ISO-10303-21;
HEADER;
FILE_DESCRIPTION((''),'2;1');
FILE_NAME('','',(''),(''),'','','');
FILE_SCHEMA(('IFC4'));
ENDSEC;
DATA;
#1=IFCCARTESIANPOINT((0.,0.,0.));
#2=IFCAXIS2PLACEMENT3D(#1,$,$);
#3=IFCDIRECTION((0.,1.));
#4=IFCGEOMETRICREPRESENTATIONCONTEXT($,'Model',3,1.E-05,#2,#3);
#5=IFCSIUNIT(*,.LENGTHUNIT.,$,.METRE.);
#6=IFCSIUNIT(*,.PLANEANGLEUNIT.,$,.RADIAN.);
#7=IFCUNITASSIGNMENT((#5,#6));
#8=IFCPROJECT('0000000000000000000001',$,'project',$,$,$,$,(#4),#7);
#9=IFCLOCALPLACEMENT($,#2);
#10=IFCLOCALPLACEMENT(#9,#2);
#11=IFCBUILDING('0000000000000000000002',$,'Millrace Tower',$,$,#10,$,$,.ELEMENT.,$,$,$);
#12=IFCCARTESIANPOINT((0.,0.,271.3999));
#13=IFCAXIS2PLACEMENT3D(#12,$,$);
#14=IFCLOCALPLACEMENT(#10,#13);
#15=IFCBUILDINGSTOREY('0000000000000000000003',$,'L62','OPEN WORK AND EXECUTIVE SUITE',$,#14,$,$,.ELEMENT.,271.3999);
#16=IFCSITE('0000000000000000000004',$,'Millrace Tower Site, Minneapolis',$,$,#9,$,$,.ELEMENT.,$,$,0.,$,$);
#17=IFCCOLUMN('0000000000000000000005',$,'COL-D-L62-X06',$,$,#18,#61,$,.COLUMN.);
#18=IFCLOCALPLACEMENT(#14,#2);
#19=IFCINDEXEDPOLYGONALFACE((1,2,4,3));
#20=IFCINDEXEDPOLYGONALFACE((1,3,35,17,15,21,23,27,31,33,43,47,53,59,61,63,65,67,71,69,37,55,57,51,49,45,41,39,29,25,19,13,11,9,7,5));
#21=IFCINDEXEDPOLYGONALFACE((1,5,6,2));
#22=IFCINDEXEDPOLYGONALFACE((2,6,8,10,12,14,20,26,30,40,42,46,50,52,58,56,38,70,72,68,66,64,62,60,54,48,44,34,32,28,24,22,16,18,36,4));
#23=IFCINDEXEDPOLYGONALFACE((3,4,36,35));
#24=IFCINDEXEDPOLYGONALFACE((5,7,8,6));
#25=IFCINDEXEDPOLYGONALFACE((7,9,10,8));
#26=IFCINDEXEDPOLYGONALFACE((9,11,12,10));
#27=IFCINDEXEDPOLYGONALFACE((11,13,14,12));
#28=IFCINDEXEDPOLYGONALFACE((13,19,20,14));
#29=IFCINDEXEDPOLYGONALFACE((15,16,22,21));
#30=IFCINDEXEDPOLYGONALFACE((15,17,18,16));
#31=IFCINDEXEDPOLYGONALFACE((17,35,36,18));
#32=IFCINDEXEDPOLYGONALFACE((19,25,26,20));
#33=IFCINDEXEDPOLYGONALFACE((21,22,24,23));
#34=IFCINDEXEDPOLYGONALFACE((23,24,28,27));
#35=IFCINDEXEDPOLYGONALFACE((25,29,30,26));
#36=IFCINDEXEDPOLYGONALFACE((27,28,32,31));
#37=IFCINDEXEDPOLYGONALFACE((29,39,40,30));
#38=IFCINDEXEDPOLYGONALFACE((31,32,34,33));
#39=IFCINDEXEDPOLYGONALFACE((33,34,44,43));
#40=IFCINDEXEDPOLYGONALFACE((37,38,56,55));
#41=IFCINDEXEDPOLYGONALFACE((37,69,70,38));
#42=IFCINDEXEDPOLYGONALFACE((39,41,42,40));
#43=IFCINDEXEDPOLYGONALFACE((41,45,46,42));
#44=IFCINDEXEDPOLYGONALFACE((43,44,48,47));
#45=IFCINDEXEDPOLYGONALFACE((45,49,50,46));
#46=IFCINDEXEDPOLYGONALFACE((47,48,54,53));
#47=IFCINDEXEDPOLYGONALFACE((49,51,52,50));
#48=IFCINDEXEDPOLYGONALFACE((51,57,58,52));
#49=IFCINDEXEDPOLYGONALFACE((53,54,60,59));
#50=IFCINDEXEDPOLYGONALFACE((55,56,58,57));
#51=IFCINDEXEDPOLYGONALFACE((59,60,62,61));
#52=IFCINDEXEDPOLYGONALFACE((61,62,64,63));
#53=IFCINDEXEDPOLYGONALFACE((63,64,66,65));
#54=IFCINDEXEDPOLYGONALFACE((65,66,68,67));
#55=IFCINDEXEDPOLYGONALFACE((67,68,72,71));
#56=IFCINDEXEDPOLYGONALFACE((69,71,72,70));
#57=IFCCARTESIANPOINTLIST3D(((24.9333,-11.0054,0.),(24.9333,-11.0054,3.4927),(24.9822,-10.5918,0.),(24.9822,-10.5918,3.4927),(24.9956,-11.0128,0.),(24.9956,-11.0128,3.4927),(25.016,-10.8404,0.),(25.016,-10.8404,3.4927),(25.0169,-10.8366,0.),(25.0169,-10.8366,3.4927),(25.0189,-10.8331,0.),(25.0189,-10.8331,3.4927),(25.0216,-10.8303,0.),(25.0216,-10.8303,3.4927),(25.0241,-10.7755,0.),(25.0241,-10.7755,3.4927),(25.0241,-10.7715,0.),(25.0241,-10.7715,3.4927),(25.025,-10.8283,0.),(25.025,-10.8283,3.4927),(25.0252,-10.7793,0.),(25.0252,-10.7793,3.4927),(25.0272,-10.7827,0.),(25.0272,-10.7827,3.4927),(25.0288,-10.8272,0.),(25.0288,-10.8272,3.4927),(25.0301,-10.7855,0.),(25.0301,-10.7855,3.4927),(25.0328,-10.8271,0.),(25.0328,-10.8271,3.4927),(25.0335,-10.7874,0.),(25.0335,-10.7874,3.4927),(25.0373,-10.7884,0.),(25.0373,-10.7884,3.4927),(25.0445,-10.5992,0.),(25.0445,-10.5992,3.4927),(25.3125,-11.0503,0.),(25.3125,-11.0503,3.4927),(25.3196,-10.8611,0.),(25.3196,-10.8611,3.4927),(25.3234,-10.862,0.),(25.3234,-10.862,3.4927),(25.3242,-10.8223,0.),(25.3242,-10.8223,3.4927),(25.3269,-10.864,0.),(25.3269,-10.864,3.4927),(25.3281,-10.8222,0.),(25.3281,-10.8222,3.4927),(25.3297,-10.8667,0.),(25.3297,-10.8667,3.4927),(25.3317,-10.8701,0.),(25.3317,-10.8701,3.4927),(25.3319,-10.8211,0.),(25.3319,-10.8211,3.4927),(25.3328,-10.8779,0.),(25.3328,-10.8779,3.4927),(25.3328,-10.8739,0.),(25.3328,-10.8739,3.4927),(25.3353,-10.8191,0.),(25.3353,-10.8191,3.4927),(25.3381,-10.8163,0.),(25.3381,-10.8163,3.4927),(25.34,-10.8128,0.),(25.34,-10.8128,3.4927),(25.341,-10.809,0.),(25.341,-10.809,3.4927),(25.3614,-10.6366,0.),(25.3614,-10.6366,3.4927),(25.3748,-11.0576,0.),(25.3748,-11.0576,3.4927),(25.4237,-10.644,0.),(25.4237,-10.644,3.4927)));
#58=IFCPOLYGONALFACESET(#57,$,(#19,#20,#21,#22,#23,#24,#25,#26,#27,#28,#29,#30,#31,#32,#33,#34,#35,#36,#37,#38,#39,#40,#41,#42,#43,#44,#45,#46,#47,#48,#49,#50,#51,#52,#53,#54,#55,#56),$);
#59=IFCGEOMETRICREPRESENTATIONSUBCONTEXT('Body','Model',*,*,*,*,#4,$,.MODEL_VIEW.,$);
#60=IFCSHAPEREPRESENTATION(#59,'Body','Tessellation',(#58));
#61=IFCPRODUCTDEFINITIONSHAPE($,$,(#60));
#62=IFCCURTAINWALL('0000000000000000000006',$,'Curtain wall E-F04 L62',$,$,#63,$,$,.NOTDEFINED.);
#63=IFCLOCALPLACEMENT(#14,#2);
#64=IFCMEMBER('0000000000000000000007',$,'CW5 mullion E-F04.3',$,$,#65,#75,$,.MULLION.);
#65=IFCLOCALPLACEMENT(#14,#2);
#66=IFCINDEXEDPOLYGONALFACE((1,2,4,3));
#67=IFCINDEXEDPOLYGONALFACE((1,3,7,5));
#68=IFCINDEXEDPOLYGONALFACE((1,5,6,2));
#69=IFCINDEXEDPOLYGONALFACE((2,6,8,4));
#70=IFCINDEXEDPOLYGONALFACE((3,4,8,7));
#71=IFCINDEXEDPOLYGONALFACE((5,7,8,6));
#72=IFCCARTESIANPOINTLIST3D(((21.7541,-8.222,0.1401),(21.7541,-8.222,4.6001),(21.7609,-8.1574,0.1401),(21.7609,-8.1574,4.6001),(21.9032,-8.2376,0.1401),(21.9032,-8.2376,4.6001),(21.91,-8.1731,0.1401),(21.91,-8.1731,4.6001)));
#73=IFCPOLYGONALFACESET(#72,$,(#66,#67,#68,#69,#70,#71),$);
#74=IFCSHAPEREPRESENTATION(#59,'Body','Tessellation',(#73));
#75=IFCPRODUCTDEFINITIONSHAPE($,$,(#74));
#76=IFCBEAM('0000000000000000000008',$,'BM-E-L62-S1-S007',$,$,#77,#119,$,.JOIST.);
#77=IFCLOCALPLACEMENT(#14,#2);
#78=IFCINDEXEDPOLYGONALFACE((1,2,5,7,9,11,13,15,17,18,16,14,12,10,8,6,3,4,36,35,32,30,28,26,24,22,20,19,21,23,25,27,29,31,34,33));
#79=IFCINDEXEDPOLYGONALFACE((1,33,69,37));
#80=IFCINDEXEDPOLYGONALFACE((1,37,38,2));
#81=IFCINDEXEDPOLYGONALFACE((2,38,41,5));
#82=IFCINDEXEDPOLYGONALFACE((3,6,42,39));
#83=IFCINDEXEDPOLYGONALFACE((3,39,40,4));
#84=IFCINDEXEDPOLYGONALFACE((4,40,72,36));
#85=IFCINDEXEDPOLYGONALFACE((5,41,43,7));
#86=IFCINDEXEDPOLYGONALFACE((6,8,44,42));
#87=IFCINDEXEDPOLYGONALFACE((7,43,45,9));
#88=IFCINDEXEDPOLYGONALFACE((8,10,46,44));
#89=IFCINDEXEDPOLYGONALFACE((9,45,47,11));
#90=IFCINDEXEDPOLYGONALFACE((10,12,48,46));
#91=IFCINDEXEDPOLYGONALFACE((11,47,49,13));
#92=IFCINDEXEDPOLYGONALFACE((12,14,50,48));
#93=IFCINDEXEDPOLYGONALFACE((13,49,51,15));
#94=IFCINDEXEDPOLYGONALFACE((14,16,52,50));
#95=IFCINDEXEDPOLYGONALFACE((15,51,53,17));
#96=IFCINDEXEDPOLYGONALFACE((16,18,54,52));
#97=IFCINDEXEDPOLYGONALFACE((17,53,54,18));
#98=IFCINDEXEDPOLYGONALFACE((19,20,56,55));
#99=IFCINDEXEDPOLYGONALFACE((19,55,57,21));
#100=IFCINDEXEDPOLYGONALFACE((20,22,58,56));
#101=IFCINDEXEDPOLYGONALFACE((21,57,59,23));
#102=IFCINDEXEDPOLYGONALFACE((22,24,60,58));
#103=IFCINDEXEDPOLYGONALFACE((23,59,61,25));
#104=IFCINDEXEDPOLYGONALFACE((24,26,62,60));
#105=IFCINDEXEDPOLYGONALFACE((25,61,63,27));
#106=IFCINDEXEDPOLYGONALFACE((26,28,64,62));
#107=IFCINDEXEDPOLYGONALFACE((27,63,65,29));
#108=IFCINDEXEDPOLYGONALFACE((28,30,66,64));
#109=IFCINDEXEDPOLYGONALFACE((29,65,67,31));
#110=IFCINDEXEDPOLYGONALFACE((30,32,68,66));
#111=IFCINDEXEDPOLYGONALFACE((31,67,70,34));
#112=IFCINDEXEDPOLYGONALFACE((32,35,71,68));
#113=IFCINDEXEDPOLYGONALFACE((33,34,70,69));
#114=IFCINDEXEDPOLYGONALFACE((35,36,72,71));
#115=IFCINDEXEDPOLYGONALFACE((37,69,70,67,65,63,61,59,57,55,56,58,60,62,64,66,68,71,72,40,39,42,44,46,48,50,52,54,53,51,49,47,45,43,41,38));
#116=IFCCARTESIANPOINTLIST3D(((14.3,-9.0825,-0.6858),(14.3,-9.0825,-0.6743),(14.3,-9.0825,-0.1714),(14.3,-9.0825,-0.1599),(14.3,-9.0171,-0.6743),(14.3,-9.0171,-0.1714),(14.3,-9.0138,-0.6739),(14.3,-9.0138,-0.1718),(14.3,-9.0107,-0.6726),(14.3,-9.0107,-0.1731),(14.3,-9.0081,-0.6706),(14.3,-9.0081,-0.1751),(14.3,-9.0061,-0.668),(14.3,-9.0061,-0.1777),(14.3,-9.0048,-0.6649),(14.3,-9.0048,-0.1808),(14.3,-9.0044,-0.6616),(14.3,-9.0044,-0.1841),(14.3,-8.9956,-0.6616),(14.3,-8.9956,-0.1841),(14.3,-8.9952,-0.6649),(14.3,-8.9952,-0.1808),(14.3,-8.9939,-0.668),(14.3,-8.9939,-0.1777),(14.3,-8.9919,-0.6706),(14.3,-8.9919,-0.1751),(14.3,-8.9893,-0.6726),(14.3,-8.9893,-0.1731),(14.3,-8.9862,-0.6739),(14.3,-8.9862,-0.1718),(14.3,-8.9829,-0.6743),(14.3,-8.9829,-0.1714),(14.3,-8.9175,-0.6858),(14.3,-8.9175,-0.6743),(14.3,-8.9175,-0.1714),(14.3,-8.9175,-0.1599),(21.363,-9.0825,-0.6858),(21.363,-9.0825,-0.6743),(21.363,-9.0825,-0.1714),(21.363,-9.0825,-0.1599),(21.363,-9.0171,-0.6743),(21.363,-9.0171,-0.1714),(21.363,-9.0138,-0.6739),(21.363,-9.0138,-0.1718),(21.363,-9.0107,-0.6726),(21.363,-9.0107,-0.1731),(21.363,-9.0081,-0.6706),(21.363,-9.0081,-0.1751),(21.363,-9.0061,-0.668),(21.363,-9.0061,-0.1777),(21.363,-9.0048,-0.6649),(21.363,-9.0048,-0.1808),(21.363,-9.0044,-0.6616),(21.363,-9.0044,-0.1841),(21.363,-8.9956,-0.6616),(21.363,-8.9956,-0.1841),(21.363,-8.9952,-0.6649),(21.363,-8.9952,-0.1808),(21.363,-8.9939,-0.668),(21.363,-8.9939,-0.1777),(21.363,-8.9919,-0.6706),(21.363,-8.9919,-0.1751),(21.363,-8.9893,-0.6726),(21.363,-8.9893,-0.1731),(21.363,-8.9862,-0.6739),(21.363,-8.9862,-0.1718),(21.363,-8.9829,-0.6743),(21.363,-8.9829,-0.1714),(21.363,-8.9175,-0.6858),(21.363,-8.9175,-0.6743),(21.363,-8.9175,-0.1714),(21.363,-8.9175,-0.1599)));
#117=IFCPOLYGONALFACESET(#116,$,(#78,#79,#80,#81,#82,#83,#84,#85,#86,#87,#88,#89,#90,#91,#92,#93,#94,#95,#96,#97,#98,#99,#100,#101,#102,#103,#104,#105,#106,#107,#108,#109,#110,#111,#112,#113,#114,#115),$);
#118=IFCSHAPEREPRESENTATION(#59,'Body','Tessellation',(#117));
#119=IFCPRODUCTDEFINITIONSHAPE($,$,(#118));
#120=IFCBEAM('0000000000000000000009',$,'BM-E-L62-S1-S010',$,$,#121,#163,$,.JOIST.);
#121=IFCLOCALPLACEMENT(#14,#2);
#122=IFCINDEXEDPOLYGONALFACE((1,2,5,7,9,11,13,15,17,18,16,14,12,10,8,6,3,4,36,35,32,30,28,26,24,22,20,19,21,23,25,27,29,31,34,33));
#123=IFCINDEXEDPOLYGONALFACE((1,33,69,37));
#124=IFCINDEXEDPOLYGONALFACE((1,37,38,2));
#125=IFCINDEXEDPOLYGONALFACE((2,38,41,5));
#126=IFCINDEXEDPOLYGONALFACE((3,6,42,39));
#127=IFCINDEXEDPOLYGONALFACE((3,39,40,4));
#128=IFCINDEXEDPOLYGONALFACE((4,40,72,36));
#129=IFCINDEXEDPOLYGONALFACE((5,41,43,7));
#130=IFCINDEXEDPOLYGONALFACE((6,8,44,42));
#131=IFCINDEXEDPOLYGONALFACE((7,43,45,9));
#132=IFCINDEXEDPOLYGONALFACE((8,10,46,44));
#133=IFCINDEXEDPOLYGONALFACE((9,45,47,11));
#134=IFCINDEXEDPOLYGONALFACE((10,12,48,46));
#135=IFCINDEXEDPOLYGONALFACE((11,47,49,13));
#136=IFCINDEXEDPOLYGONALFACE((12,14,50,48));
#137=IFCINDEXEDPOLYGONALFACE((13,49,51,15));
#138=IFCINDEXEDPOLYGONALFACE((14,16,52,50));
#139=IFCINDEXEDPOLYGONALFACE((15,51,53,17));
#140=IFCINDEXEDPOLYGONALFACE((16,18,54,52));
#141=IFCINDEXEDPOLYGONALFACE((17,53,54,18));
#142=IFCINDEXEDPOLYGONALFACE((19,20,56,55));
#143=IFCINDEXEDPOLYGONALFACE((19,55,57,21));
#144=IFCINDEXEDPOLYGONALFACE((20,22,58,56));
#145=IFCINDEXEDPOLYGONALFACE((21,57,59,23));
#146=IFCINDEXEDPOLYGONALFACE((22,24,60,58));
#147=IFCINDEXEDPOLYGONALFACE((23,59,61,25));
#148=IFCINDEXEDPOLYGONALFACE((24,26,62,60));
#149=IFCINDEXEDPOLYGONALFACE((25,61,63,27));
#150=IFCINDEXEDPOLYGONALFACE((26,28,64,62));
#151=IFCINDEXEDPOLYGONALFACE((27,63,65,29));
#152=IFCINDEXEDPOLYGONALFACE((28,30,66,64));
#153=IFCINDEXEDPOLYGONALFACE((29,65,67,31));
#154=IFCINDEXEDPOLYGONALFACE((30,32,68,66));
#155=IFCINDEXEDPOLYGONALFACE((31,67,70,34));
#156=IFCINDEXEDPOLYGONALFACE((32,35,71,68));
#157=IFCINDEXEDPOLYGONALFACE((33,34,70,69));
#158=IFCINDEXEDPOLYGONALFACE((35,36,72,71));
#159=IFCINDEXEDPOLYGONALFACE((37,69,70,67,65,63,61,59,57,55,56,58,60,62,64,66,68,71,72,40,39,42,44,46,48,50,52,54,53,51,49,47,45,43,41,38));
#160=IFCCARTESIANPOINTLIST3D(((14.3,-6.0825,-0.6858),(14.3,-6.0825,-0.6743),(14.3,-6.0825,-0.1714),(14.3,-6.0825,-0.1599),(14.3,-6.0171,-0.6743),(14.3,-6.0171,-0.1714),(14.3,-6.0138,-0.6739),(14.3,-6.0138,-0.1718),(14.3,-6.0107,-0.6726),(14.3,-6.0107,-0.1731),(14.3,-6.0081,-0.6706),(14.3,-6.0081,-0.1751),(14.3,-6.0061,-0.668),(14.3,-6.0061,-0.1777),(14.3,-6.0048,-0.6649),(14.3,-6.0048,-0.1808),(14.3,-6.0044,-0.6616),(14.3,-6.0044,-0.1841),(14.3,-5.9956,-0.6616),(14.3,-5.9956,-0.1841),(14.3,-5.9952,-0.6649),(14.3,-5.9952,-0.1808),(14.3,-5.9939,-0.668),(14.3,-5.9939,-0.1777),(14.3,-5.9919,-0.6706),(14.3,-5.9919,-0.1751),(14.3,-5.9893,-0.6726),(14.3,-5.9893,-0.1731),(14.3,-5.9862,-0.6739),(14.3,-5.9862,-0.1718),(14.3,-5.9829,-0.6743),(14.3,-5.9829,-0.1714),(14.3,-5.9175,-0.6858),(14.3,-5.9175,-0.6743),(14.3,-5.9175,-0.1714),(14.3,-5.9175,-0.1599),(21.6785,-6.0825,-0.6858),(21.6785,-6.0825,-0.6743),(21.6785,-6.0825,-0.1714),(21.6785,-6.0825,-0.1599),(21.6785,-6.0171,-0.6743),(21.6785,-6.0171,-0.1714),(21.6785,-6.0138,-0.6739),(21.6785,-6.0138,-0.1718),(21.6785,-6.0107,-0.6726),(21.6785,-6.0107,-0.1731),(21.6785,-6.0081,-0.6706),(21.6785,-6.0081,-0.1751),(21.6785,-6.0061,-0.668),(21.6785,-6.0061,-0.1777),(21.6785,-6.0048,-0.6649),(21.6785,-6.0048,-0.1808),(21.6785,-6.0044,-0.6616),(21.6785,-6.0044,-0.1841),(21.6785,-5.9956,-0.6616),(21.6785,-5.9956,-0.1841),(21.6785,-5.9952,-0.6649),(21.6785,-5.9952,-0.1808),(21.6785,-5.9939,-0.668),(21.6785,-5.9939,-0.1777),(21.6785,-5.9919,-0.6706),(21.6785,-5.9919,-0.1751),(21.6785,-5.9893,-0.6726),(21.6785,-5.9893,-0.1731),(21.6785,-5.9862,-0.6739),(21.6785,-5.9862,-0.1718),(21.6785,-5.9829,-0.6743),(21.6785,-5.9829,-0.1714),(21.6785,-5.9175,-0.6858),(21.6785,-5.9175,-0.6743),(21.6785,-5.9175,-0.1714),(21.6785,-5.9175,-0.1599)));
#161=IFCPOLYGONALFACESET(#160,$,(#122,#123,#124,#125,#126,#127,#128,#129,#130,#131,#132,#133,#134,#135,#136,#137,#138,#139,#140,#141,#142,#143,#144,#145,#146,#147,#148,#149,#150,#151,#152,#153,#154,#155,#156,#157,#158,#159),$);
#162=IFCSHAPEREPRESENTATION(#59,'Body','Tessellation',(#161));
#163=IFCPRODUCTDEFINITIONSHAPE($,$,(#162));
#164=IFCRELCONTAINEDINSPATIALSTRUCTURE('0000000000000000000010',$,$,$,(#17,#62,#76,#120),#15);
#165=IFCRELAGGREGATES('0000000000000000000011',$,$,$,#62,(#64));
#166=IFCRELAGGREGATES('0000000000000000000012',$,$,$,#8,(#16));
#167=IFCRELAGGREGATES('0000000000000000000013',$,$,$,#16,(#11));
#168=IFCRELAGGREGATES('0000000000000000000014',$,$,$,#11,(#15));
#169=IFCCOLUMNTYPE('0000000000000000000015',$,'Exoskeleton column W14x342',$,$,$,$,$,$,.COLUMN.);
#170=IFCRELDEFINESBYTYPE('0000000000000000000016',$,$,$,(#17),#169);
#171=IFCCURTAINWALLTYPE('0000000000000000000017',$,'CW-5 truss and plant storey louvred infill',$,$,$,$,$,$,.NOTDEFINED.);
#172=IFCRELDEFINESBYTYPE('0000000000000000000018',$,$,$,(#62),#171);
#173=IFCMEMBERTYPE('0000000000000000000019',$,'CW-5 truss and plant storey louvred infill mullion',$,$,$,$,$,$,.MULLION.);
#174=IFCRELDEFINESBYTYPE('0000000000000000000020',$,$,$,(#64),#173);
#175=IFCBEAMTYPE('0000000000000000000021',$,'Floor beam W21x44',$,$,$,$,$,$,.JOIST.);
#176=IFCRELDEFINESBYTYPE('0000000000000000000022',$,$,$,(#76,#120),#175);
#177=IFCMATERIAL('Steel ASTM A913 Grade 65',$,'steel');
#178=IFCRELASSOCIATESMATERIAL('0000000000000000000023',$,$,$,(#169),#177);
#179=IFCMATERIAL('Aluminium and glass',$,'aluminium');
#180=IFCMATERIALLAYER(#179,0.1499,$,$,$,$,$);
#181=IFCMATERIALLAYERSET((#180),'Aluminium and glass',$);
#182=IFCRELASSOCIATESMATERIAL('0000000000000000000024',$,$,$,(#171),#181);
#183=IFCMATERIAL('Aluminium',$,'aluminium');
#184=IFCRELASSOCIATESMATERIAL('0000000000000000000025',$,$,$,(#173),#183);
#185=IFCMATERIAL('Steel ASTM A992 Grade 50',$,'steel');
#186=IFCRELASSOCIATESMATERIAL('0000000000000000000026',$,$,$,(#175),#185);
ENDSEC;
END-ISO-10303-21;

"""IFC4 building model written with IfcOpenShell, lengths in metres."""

from ifc_helpers import new_model, si_unit, direction, frame, origin, origin_2d, place, context, subcontext, project, spatial, rectangle, i_section, extrude, material, layer, layer_set, material_profile, profile_set, type_object, element, aggregate, save


model = new_model("IFC4")

# Units and contexts
model_context = context("Model", 3, precision=1e-05, world=origin(), true_north=direction((0.0, 1.0)))
body_context = subcontext(model_context, "Body", "Model", "MODEL_VIEW")
ifc_project = project(units=[si_unit("LENGTHUNIT", "METRE"), si_unit("PLANEANGLEUNIT", "RADIAN")], contexts=[model_context])

# Site, building, storey
site_placement = place(None, origin())
site = spatial("IfcSite", under=ifc_project, at=site_placement, Name="Millrace Tower Site, Minneapolis", CompositionType="ELEMENT", RefElevation=0.0)
building_placement = place(site_placement, origin())
building = spatial("IfcBuilding", under=site, at=building_placement, Name="Millrace Tower", CompositionType="ELEMENT")
storey_placement = place(building_placement, frame((0.0, 0.0, 271.3999)))
storey = spatial("IfcBuildingStorey", under=building, at=storey_placement, Name="L62", Description="OPEN WORK AND EXECUTIVE SUITE", CompositionType="ELEMENT", Elevation=271.3999)

# Column
ifc_material_1 = material(Name="Steel ASTM A913 Grade 65", Category="steel")
ifc_material_profile_1 = material_profile(ifc_material_1, i_section(OverallWidth=0.4165, OverallDepth=0.4446, WebThickness=0.0391, FlangeThickness=0.0627, FilletRadius=0.0151, at=origin_2d()))
ifc_profile_set_1 = profile_set([ifc_material_profile_1], Name="Steel ASTM A913 Grade 65")
column_type = type_object("IfcColumnType", Name="Exoskeleton column W14x342", PredefinedType="COLUMN", material=ifc_profile_set_1)
column_placement = place(storey_placement, frame((25.1785, -10.8247, 0.0), z_axis=(0.0, 0.0, 1.0), x_axis=(0.117421, 0.993082, 0.0)))
element("IfcColumn", 1, at=column_placement, inside=storey, type_object=column_type, Name="COL-D-L62-X06", PredefinedType="COLUMN", context=body_context, shape_type="SweptSolid", body=[
    extrude(i_section(OverallWidth=0.4165, OverallDepth=0.4446, WebThickness=0.0391, FlangeThickness=0.0627, FilletRadius=0.0151, at=origin_2d()), origin(), (0.0, 0.0, 1.0), 3.4927),
])

# Curtain wall, member
ifc_material_2 = material(Name="Aluminium and glass", Category="aluminium")
ifc_layer_1 = layer(ifc_material_2, 0.1499)
ifc_layer_set_1 = layer_set([ifc_layer_1], Name="Aluminium and glass")
curtain_wall_type = type_object("IfcCurtainWallType", Name="CW-5 truss and plant storey louvred infill", PredefinedType="NOTDEFINED", material=ifc_layer_set_1)
curtain_wall_placement = place(storey_placement, origin())
curtain_wall = element("IfcCurtainWall", 2, at=curtain_wall_placement, inside=storey, type_object=curtain_wall_type, Name="Curtain wall E-F04 L62", PredefinedType="NOTDEFINED")
ifc_material_3 = material(Name="Aluminium", Category="aluminium")
ifc_material_profile_2 = material_profile(ifc_material_3, rectangle(XDim=0.0649, YDim=0.1499, at=origin_2d()))
ifc_profile_set_2 = profile_set([ifc_material_profile_2], Name="Aluminium")
member_type_1 = type_object("IfcMemberType", Name="CW-5 truss and plant storey louvred infill mullion", PredefinedType="MULLION", material=ifc_profile_set_2)
member_1_placement = place(storey_placement, frame((21.832, -8.1975, 0.1401), z_axis=(0.0, 0.0, 1.0), x_axis=(0.104528, 0.994522, 0.0)))
member_1 = element("IfcMember", 3, at=member_1_placement, type_object=member_type_1, Name="CW5 mullion E-F04.3", PredefinedType="MULLION", context=body_context, shape_type="SweptSolid", body=[
    extrude(rectangle(XDim=0.0649, YDim=0.1499, at=origin_2d()), origin(), (0.0, 0.0, 1.0), 4.46),
])
aggregate(curtain_wall, [member_1])

# Beams
ifc_material_4 = material(Name="Steel ASTM A992 Grade 50", Category="steel")
ifc_material_profile_3 = material_profile(ifc_material_4, i_section(OverallWidth=0.165, OverallDepth=0.5259, WebThickness=0.0088, FlangeThickness=0.0115, FilletRadius=0.0127, at=origin_2d()))
ifc_profile_set_3 = profile_set([ifc_material_profile_3], Name="Steel ASTM A992 Grade 50")
beam_type_1 = type_object("IfcBeamType", Name="Floor beam W21x44", PredefinedType="JOIST", material=ifc_profile_set_3)
beam_1_placement = place(storey_placement, frame((14.3, -9.0, -0.4229), z_axis=(1.0, 0.0, 0.0), x_axis=(0.0, 1.0, 0.0)))
element("IfcBeam", 4, at=beam_1_placement, inside=storey, type_object=beam_type_1, Name="BM-E-L62-S1-S007", PredefinedType="JOIST", context=body_context, shape_type="SweptSolid", body=[
    extrude(i_section(OverallWidth=0.165, OverallDepth=0.5259, WebThickness=0.0088, FlangeThickness=0.0115, FilletRadius=0.0127, at=origin_2d()), origin(), (0.0, 0.0, 1.0), 7.063),
])
beam_2_placement = place(storey_placement, frame((14.3, -6.0, -0.4229), z_axis=(1.0, 0.0, 0.0), x_axis=(0.0, 1.0, 0.0)))
element("IfcBeam", 5, at=beam_2_placement, inside=storey, type_object=beam_type_1, Name="BM-E-L62-S1-S010", PredefinedType="JOIST", context=body_context, shape_type="SweptSolid", body=[
    extrude(i_section(OverallWidth=0.165, OverallDepth=0.5259, WebThickness=0.0088, FlangeThickness=0.0115, FilletRadius=0.0127, at=origin_2d()), origin(), (0.0, 0.0, 1.0), 7.3784),
])

save(model, "model.ifc")
